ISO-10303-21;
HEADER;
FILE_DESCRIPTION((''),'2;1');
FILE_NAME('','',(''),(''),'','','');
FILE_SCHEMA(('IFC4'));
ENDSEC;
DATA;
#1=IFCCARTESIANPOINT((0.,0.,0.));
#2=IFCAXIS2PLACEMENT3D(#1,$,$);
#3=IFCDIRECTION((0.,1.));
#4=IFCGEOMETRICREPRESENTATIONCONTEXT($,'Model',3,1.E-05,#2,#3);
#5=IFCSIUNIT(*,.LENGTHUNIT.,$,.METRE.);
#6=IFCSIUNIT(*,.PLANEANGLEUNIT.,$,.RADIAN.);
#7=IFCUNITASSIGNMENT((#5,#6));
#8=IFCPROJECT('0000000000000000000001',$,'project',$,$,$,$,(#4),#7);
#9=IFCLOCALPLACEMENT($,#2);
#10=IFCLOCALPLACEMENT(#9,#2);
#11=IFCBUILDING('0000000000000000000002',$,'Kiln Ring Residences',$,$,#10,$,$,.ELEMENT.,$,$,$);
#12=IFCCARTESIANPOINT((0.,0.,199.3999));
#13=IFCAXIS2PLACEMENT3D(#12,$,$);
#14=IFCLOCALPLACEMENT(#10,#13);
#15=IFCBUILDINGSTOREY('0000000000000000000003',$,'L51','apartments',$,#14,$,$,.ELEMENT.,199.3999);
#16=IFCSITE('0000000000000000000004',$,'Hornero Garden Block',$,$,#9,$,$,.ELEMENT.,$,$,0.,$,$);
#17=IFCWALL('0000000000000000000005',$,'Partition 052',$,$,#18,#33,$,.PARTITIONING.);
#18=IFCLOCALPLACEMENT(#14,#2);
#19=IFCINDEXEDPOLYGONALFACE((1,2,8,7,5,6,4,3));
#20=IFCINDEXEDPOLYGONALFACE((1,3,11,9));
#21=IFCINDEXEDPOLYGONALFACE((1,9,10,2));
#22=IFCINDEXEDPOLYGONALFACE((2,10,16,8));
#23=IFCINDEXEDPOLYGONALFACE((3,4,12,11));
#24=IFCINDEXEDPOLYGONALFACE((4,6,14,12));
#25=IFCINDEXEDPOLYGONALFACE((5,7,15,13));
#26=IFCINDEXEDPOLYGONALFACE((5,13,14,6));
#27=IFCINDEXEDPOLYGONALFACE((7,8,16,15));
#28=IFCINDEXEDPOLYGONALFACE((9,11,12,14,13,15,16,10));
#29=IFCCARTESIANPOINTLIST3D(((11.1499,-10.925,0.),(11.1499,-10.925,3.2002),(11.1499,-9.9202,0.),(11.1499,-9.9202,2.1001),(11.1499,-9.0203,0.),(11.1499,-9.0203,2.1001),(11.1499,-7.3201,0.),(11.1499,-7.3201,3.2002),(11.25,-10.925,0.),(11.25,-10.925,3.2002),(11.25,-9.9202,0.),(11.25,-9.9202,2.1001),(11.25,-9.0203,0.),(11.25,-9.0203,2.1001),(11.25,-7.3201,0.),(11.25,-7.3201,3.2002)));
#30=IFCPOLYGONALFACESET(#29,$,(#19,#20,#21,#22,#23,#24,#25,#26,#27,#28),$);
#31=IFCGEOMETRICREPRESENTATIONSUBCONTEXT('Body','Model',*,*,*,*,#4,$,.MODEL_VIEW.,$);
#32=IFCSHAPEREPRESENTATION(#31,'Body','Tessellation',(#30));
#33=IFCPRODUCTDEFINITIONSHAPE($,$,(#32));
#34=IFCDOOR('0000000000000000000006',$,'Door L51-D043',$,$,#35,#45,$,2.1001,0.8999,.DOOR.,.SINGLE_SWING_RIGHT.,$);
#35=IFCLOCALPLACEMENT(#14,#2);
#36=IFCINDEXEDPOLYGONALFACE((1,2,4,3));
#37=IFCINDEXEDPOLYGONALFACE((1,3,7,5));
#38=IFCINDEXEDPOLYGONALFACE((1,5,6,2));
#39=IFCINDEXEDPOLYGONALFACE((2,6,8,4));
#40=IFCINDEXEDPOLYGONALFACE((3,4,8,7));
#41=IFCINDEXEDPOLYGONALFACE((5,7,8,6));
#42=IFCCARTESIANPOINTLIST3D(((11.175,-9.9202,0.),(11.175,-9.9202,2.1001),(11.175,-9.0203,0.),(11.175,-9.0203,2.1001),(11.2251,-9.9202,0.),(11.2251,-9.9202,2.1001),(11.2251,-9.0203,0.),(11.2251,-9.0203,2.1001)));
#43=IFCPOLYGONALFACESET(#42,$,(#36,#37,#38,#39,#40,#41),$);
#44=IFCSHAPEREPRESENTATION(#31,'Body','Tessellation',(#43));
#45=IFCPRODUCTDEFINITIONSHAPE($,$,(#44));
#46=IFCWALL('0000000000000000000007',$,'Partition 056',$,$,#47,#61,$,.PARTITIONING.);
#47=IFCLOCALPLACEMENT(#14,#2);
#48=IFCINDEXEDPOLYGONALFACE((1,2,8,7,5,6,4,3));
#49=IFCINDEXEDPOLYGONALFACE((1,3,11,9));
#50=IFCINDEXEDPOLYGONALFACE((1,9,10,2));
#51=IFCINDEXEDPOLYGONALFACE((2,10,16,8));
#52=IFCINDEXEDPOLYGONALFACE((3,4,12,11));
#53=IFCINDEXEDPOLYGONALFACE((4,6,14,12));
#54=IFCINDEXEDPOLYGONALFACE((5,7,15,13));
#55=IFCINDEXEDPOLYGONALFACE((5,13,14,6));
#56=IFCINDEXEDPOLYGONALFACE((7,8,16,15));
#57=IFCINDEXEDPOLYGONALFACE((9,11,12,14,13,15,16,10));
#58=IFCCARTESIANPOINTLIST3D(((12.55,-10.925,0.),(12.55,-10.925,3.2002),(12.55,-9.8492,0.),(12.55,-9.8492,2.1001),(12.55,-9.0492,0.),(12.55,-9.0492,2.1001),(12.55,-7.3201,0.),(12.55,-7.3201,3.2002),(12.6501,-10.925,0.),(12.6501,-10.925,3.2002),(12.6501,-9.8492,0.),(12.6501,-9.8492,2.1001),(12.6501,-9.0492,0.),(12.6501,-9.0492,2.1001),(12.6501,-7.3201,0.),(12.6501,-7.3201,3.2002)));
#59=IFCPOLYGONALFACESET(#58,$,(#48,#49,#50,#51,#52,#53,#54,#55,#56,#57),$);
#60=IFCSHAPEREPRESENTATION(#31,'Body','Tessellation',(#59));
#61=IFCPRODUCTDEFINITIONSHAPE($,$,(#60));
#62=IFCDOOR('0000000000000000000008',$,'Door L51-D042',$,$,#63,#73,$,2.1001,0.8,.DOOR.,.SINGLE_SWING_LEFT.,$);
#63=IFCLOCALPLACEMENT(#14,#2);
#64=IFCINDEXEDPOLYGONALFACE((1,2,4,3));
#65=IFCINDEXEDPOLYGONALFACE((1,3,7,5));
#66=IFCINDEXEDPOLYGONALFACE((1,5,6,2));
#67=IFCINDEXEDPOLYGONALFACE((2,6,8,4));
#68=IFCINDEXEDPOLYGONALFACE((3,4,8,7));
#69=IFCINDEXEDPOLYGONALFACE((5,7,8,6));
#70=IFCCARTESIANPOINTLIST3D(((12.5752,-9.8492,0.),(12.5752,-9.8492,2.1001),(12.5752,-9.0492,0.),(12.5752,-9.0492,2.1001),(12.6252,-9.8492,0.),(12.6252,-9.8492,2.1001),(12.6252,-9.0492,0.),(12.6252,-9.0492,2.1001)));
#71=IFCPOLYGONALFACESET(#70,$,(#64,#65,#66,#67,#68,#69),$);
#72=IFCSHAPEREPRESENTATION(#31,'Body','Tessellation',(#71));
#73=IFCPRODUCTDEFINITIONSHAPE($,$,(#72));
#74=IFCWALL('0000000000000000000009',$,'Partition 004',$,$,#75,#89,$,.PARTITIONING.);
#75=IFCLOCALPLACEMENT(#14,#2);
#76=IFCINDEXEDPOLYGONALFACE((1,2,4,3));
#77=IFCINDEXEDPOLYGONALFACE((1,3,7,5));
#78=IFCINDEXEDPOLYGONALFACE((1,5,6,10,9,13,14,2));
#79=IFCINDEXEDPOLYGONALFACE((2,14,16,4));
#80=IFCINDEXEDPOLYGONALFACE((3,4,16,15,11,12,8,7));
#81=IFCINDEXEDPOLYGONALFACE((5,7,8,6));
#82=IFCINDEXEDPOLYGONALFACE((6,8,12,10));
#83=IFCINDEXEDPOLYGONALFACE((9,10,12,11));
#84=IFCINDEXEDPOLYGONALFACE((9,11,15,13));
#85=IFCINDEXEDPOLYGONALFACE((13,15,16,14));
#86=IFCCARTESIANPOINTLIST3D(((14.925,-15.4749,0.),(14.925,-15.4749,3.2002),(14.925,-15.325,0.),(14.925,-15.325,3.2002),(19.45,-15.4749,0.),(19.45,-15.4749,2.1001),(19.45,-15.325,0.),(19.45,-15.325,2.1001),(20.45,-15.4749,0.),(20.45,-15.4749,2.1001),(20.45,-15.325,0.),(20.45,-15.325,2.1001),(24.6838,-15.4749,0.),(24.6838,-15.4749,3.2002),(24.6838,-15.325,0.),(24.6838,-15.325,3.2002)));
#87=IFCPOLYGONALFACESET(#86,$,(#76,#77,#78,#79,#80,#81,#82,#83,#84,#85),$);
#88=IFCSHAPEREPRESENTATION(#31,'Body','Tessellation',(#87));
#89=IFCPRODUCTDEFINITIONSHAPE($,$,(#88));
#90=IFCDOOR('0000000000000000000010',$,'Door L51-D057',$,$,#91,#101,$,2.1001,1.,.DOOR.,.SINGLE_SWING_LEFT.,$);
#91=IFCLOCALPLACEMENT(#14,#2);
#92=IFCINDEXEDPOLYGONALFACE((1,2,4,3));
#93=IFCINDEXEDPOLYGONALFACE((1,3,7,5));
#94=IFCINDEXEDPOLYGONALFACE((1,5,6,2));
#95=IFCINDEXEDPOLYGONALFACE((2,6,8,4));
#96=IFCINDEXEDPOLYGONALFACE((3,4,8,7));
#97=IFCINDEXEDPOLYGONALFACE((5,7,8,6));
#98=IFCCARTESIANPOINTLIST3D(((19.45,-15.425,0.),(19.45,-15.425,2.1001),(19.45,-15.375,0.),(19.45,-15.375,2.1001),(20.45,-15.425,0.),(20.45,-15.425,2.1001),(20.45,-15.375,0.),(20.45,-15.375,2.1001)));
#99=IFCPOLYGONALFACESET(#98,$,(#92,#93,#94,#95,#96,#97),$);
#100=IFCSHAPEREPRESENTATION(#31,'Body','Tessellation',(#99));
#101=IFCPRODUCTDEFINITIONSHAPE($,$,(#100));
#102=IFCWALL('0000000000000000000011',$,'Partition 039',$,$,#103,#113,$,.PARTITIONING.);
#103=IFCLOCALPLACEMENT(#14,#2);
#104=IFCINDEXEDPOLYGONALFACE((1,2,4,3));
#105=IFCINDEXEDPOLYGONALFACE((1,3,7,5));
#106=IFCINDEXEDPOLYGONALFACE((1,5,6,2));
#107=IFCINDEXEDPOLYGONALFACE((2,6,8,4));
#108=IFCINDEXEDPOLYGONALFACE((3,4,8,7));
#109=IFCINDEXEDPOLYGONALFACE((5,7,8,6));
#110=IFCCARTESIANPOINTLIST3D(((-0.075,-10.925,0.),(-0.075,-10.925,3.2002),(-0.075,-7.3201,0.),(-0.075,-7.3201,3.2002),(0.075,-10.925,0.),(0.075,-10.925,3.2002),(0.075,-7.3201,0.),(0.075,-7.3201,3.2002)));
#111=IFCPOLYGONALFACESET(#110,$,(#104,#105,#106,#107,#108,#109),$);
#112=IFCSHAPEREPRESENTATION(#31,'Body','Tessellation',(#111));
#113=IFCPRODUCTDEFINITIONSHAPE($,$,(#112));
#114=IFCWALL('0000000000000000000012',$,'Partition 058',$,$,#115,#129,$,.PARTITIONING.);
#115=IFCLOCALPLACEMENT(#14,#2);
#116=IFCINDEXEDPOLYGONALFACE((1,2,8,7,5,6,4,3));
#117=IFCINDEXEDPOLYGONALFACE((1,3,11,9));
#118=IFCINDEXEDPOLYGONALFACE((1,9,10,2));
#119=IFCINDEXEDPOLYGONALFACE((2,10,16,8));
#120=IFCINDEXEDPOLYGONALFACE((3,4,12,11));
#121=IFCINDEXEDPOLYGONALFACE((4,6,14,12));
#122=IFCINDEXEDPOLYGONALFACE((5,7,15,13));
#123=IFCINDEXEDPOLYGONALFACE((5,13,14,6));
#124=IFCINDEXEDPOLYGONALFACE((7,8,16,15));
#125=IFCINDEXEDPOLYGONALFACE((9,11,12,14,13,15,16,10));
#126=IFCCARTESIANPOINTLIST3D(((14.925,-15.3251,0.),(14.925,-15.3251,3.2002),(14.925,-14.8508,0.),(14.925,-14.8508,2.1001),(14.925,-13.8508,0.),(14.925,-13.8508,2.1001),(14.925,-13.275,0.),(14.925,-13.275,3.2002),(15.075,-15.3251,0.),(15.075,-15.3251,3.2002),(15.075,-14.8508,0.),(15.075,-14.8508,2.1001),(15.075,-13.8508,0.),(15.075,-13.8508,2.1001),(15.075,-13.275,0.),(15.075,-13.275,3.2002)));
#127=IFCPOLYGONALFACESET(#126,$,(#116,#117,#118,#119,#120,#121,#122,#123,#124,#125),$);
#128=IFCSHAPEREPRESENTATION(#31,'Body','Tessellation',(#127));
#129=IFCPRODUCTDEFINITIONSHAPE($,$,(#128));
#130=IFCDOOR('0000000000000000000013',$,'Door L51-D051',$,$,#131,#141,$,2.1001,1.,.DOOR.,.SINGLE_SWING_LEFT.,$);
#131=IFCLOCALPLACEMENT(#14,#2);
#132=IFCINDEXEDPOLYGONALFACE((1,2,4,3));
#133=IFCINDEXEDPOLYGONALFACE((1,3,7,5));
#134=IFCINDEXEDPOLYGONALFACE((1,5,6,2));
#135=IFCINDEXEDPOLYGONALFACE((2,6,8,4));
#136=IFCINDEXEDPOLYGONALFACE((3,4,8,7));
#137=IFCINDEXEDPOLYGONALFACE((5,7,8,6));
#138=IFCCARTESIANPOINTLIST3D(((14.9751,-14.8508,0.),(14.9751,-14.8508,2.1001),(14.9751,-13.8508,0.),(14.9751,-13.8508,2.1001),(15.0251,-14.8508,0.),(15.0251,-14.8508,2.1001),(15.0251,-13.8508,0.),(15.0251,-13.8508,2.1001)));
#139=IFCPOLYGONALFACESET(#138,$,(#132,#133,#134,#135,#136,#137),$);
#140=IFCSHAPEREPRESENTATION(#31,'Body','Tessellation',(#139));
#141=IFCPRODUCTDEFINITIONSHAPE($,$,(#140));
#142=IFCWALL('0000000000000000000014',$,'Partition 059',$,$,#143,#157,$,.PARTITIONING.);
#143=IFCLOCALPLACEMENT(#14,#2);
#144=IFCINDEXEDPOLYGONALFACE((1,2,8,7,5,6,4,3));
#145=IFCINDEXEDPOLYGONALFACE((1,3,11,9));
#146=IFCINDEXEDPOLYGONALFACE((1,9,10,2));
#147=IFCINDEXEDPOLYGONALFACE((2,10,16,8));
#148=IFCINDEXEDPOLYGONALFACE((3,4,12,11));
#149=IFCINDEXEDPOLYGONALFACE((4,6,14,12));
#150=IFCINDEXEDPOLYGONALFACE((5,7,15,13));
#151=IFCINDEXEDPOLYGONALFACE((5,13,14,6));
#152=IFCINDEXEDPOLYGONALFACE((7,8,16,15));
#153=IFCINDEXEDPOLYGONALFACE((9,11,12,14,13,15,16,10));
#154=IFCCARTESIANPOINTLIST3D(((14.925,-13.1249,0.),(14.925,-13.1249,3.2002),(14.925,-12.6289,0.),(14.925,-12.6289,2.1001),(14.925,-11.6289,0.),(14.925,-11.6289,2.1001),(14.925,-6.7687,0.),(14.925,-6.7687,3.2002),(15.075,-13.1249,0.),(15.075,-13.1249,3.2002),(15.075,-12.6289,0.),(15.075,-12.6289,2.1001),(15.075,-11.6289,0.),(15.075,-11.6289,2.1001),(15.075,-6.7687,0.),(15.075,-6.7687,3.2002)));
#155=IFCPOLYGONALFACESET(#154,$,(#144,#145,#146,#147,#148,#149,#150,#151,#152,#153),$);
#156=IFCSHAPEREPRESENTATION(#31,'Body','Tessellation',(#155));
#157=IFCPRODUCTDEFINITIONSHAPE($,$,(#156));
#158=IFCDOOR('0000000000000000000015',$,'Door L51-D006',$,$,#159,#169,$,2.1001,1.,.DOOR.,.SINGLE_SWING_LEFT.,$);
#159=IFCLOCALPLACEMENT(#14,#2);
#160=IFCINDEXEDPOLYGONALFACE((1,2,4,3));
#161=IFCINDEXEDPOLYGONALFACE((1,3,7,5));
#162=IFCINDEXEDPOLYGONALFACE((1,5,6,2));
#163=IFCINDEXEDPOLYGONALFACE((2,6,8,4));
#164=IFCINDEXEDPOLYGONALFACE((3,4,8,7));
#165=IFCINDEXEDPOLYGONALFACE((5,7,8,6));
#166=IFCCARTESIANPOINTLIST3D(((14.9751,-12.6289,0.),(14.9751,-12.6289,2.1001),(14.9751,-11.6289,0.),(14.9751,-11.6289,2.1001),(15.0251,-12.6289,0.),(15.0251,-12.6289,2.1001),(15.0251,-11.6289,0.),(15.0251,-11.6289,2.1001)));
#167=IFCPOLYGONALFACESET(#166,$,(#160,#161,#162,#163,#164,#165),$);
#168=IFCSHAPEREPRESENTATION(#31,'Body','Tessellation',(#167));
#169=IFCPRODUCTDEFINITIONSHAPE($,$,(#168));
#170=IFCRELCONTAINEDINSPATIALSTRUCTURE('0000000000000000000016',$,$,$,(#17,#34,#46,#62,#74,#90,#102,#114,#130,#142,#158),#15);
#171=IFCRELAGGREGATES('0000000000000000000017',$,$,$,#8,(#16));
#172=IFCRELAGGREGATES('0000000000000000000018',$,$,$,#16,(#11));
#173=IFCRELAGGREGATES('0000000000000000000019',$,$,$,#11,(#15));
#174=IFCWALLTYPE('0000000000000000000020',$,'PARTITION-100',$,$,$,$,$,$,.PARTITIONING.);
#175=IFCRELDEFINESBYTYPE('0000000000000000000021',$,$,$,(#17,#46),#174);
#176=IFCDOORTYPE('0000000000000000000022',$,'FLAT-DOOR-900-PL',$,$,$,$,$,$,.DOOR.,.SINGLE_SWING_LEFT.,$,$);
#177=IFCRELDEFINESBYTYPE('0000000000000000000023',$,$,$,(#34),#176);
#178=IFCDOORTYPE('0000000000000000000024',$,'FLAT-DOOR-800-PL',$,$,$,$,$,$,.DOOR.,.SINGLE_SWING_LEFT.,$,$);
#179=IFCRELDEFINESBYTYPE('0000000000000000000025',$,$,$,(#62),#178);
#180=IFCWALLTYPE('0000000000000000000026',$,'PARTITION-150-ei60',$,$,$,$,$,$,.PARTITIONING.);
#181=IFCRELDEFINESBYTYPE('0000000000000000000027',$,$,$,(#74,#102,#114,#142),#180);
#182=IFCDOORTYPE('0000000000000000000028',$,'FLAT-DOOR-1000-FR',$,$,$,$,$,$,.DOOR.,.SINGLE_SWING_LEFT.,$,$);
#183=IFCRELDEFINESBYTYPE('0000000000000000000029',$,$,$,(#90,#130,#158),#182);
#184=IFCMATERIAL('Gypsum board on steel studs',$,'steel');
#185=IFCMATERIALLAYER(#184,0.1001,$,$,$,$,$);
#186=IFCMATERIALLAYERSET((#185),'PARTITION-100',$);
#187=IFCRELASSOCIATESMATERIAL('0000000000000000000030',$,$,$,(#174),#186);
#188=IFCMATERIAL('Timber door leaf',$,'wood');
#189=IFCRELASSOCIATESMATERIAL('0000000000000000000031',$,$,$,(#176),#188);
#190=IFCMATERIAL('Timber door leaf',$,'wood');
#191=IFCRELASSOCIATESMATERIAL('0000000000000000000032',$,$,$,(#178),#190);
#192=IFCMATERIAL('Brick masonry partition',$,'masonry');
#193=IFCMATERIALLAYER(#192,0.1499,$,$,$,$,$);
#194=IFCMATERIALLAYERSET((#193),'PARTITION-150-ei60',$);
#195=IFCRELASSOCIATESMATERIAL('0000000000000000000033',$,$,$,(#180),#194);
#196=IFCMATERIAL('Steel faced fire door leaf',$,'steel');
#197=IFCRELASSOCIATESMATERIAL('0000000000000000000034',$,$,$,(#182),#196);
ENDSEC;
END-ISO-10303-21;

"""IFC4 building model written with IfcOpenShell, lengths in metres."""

from ifc_helpers import new_model, si_unit, direction, frame, frame_2d, origin, place, context, subcontext, project, spatial, rectangle, extrude, material, layer, layer_set, type_object, element, fill, save


model = new_model("IFC4")

# Units and contexts
model_context = context("Model", 3, precision=1e-05, world=origin(), true_north=direction((0.0, 1.0)))
body_context = subcontext(model_context, "Body", "Model", "MODEL_VIEW")
ifc_project = project(units=[si_unit("LENGTHUNIT", "METRE"), si_unit("PLANEANGLEUNIT", "RADIAN")], contexts=[model_context])

# Site, building, storey
site_placement = place(None, origin())
site = spatial("IfcSite", under=ifc_project, at=site_placement, Name="Hornero Garden Block", CompositionType="ELEMENT", RefElevation=0.0)
building_placement = place(site_placement, origin())
building = spatial("IfcBuilding", under=site, at=building_placement, Name="Kiln Ring Residences", CompositionType="ELEMENT")
storey_placement = place(building_placement, frame((0.0, 0.0, 199.3999)))
storey = spatial("IfcBuildingStorey", under=building, at=storey_placement, Name="L51", Description="apartments", CompositionType="ELEMENT", Elevation=199.3999)

# Walls, openings, doors
ifc_material_1 = material(Name="Gypsum board on steel studs", Category="steel")
ifc_layer_1 = layer(ifc_material_1, 0.1001)
ifc_layer_set_1 = layer_set([ifc_layer_1], Name="PARTITION-100")
wall_type_1 = type_object("IfcWallType", Name="PARTITION-100", PredefinedType="PARTITIONING", material=ifc_layer_set_1)
ifc_material_2 = material(Name="Timber door leaf", Category="wood")
door_type_1 = type_object("IfcDoorType", Name="FLAT-DOOR-900-PL", OperationType="SINGLE_SWING_LEFT", PredefinedType="DOOR", material=ifc_material_2)
wall_1_placement = place(storey_placement, frame((11.2, -10.925, 0.0), z_axis=(0.0, 0.0, 1.0), x_axis=(0.0, 1.0, 0.0)))
wall_1 = element("IfcWall", 1, at=wall_1_placement, inside=storey, type_object=wall_type_1, Name="Partition 052", PredefinedType="PARTITIONING", context=body_context, shape_type="SweptSolid", body=[
    extrude(rectangle(XDim=3.605, YDim=0.1001, at=frame_2d((1.8025, 0.0))), origin(), (0.0, 0.0, 1.0), 3.2002),
])
opening_1_placement = place(wall_1_placement, frame((1.0049, 0.0, 0.0)))
opening_1 = element("IfcOpeningElement", 2, at=opening_1_placement, cuts=wall_1, PredefinedType="OPENING", context=body_context, shape_type="SweptSolid", body=[
    extrude(rectangle(XDim=0.8999, YDim=2.1001, at=frame_2d((0.45, 1.05))), frame((0.0, 0.0601, 0.0), z_axis=(0.0, -1.0, 0.0), x_axis=(1.0, 0.0, 0.0)), (0.0, 0.0, 1.0), 0.1201),
])
door_1_placement = place(opening_1_placement, origin())
door_1 = element("IfcDoor", 3, at=door_1_placement, inside=storey, type_object=door_type_1, Name="Door L51-D043", OperationType="SINGLE_SWING_RIGHT", OverallHeight=2.1001, OverallWidth=0.8999, PredefinedType="DOOR", context=body_context, shape_type="SweptSolid", body=[
    extrude(rectangle(XDim=0.8999, YDim=2.1001, at=frame_2d((0.45, 1.05))), frame((0.0, 0.0249, 0.0), z_axis=(0.0, -1.0, 0.0), x_axis=(1.0, 0.0, 0.0)), (0.0, 0.0, 1.0), 0.05),
])
fill(opening_1, door_1)
wall_2_placement = place(storey_placement, frame((12.6001, -10.925, 0.0), z_axis=(0.0, 0.0, 1.0), x_axis=(0.0, 1.0, 0.0)))
wall_2 = element("IfcWall", 4, at=wall_2_placement, inside=storey, type_object=wall_type_1, Name="Partition 056", PredefinedType="PARTITIONING", context=body_context, shape_type="SweptSolid", body=[
    extrude(rectangle(XDim=3.605, YDim=0.1001, at=frame_2d((1.8025, 0.0))), origin(), (0.0, 0.0, 1.0), 3.2002),
])
opening_2_placement = place(wall_2_placement, frame((1.0759, 0.0, 0.0)))
opening_2 = element("IfcOpeningElement", 5, at=opening_2_placement, cuts=wall_2, PredefinedType="OPENING", context=body_context, shape_type="SweptSolid", body=[
    extrude(rectangle(XDim=0.8, YDim=2.1001, at=frame_2d((0.3999, 1.05))), frame((0.0, 0.0601, 0.0), z_axis=(0.0, -1.0, 0.0), x_axis=(1.0, 0.0, 0.0)), (0.0, 0.0, 1.0), 0.1201),
])
ifc_material_3 = material(Name="Timber door leaf", Category="wood")
door_type_2 = type_object("IfcDoorType", Name="FLAT-DOOR-800-PL", OperationType="SINGLE_SWING_LEFT", PredefinedType="DOOR", material=ifc_material_3)
door_2_placement = place(opening_2_placement, origin())
door_2 = element("IfcDoor", 6, at=door_2_placement, inside=storey, type_object=door_type_2, Name="Door L51-D042", OperationType="SINGLE_SWING_LEFT", OverallHeight=2.1001, OverallWidth=0.8, PredefinedType="DOOR", context=body_context, shape_type="SweptSolid", body=[
    extrude(rectangle(XDim=0.8, YDim=2.1001, at=frame_2d((0.3999, 1.05))), frame((0.0, 0.0249, 0.0), z_axis=(0.0, -1.0, 0.0), x_axis=(1.0, 0.0, 0.0)), (0.0, 0.0, 1.0), 0.05),
])
fill(opening_2, door_2)
ifc_material_4 = material(Name="Brick masonry partition", Category="masonry")
ifc_layer_2 = layer(ifc_material_4, 0.1499)
ifc_layer_set_2 = layer_set([ifc_layer_2], Name="PARTITION-150-ei60")
wall_type_2 = type_object("IfcWallType", Name="PARTITION-150-ei60", PredefinedType="PARTITIONING", material=ifc_layer_set_2)
wall_3_placement = place(storey_placement, frame((14.925, -15.3999, 0.0), z_axis=(0.0, 0.0, 1.0), x_axis=(1.0, 0.0, 0.0)))
wall_3 = element("IfcWall", 7, at=wall_3_placement, inside=storey, type_object=wall_type_2, Name="Partition 004", PredefinedType="PARTITIONING", context=body_context, shape_type="SweptSolid", body=[
    extrude(rectangle(XDim=9.7588, YDim=0.1499, at=frame_2d((4.8794, 0.0))), origin(), (0.0, 0.0, 1.0), 3.2002),
])
opening_3_placement = place(wall_3_placement, frame((4.5249, 0.0, 0.0)))
opening_3 = element("IfcOpeningElement", 8, at=opening_3_placement, cuts=wall_3, PredefinedType="OPENING", context=body_context, shape_type="SweptSolid", body=[
    extrude(rectangle(XDim=1.0, YDim=2.1001, at=frame_2d((0.5, 1.05))), frame((0.0, 0.085, 0.0), z_axis=(0.0, -1.0, 0.0), x_axis=(1.0, 0.0, 0.0)), (0.0, 0.0, 1.0), 0.1699),
])
ifc_material_5 = material(Name="Steel faced fire door leaf", Category="steel")
door_type_3 = type_object("IfcDoorType", Name="FLAT-DOOR-1000-FR", OperationType="SINGLE_SWING_LEFT", PredefinedType="DOOR", material=ifc_material_5)
door_3_placement = place(opening_3_placement, origin())
door_3 = element("IfcDoor", 9, at=door_3_placement, inside=storey, type_object=door_type_3, Name="Door L51-D057", OperationType="SINGLE_SWING_LEFT", OverallHeight=2.1001, OverallWidth=1.0, PredefinedType="DOOR", context=body_context, shape_type="SweptSolid", body=[
    extrude(rectangle(XDim=1.0, YDim=2.1001, at=frame_2d((0.5, 1.05))), frame((0.0, 0.0249, 0.0), z_axis=(0.0, -1.0, 0.0), x_axis=(1.0, 0.0, 0.0)), (0.0, 0.0, 1.0), 0.05),
])
fill(opening_3, door_3)

# Wall
wall_4_placement = place(storey_placement, frame((0.0, -10.925, 0.0), z_axis=(0.0, 0.0, 1.0), x_axis=(0.0, 1.0, 0.0)))
element("IfcWall", 10, at=wall_4_placement, inside=storey, type_object=wall_type_2, Name="Partition 039", PredefinedType="PARTITIONING", context=body_context, shape_type="SweptSolid", body=[
    extrude(rectangle(XDim=3.605, YDim=0.1499, at=frame_2d((1.8025, 0.0))), origin(), (0.0, 0.0, 1.0), 3.2002),
])

# Walls, openings, doors
wall_5_placement = place(storey_placement, frame((15.0, -15.325, 0.0), z_axis=(0.0, 0.0, 1.0), x_axis=(0.0, 1.0, 0.0)))
wall_5 = element("IfcWall", 11, at=wall_5_placement, inside=storey, type_object=wall_type_2, Name="Partition 058", PredefinedType="PARTITIONING", context=body_context, shape_type="SweptSolid", body=[
    extrude(rectangle(XDim=2.05, YDim=0.1499, at=frame_2d((1.0249, 0.0))), origin(), (0.0, 0.0, 1.0), 3.2002),
])
opening_4_placement = place(wall_5_placement, frame((0.4741, 0.0, 0.0)))
opening_4 = element("IfcOpeningElement", 12, at=opening_4_placement, cuts=wall_5, PredefinedType="OPENING", context=body_context, shape_type="SweptSolid", body=[
    extrude(rectangle(XDim=1.0, YDim=2.1001, at=frame_2d((0.5, 1.05))), frame((0.0, 0.085, 0.0), z_axis=(0.0, -1.0, 0.0), x_axis=(1.0, 0.0, 0.0)), (0.0, 0.0, 1.0), 0.1699),
])
door_4_placement = place(opening_4_placement, origin())
door_4 = element("IfcDoor", 13, at=door_4_placement, inside=storey, type_object=door_type_3, Name="Door L51-D051", OperationType="SINGLE_SWING_LEFT", OverallHeight=2.1001, OverallWidth=1.0, PredefinedType="DOOR", context=body_context, shape_type="SweptSolid", body=[
    extrude(rectangle(XDim=1.0, YDim=2.1001, at=frame_2d((0.5, 1.05))), frame((0.0, 0.0249, 0.0), z_axis=(0.0, -1.0, 0.0), x_axis=(1.0, 0.0, 0.0)), (0.0, 0.0, 1.0), 0.05),
])
fill(opening_4, door_4)
wall_6_placement = place(storey_placement, frame((15.0, -13.125, 0.0), z_axis=(0.0, 0.0, 1.0), x_axis=(0.0, 1.0, 0.0)))
wall_6 = element("IfcWall", 14, at=wall_6_placement, inside=storey, type_object=wall_type_2, Name="Partition 059", PredefinedType="PARTITIONING", context=body_context, shape_type="SweptSolid", body=[
    extrude(rectangle(XDim=6.3562, YDim=0.1499, at=frame_2d((3.1782, 0.0))), origin(), (0.0, 0.0, 1.0), 3.2002),
])
opening_5_placement = place(wall_6_placement, frame((0.4961, 0.0, 0.0)))
opening_5 = element("IfcOpeningElement", 15, at=opening_5_placement, cuts=wall_6, PredefinedType="OPENING", context=body_context, shape_type="SweptSolid", body=[
    extrude(rectangle(XDim=1.0, YDim=2.1001, at=frame_2d((0.5, 1.05))), frame((0.0, 0.085, 0.0), z_axis=(0.0, -1.0, 0.0), x_axis=(1.0, 0.0, 0.0)), (0.0, 0.0, 1.0), 0.1699),
])
door_5_placement = place(opening_5_placement, origin())
door_5 = element("IfcDoor", 16, at=door_5_placement, inside=storey, type_object=door_type_3, Name="Door L51-D006", OperationType="SINGLE_SWING_LEFT", OverallHeight=2.1001, OverallWidth=1.0, PredefinedType="DOOR", context=body_context, shape_type="SweptSolid", body=[
    extrude(rectangle(XDim=1.0, YDim=2.1001, at=frame_2d((0.5, 1.05))), frame((0.0, 0.0249, 0.0), z_axis=(0.0, -1.0, 0.0), x_axis=(1.0, 0.0, 0.0)), (0.0, 0.0, 1.0), 0.05),
])
fill(opening_5, door_5)

save(model, "model.ifc")
